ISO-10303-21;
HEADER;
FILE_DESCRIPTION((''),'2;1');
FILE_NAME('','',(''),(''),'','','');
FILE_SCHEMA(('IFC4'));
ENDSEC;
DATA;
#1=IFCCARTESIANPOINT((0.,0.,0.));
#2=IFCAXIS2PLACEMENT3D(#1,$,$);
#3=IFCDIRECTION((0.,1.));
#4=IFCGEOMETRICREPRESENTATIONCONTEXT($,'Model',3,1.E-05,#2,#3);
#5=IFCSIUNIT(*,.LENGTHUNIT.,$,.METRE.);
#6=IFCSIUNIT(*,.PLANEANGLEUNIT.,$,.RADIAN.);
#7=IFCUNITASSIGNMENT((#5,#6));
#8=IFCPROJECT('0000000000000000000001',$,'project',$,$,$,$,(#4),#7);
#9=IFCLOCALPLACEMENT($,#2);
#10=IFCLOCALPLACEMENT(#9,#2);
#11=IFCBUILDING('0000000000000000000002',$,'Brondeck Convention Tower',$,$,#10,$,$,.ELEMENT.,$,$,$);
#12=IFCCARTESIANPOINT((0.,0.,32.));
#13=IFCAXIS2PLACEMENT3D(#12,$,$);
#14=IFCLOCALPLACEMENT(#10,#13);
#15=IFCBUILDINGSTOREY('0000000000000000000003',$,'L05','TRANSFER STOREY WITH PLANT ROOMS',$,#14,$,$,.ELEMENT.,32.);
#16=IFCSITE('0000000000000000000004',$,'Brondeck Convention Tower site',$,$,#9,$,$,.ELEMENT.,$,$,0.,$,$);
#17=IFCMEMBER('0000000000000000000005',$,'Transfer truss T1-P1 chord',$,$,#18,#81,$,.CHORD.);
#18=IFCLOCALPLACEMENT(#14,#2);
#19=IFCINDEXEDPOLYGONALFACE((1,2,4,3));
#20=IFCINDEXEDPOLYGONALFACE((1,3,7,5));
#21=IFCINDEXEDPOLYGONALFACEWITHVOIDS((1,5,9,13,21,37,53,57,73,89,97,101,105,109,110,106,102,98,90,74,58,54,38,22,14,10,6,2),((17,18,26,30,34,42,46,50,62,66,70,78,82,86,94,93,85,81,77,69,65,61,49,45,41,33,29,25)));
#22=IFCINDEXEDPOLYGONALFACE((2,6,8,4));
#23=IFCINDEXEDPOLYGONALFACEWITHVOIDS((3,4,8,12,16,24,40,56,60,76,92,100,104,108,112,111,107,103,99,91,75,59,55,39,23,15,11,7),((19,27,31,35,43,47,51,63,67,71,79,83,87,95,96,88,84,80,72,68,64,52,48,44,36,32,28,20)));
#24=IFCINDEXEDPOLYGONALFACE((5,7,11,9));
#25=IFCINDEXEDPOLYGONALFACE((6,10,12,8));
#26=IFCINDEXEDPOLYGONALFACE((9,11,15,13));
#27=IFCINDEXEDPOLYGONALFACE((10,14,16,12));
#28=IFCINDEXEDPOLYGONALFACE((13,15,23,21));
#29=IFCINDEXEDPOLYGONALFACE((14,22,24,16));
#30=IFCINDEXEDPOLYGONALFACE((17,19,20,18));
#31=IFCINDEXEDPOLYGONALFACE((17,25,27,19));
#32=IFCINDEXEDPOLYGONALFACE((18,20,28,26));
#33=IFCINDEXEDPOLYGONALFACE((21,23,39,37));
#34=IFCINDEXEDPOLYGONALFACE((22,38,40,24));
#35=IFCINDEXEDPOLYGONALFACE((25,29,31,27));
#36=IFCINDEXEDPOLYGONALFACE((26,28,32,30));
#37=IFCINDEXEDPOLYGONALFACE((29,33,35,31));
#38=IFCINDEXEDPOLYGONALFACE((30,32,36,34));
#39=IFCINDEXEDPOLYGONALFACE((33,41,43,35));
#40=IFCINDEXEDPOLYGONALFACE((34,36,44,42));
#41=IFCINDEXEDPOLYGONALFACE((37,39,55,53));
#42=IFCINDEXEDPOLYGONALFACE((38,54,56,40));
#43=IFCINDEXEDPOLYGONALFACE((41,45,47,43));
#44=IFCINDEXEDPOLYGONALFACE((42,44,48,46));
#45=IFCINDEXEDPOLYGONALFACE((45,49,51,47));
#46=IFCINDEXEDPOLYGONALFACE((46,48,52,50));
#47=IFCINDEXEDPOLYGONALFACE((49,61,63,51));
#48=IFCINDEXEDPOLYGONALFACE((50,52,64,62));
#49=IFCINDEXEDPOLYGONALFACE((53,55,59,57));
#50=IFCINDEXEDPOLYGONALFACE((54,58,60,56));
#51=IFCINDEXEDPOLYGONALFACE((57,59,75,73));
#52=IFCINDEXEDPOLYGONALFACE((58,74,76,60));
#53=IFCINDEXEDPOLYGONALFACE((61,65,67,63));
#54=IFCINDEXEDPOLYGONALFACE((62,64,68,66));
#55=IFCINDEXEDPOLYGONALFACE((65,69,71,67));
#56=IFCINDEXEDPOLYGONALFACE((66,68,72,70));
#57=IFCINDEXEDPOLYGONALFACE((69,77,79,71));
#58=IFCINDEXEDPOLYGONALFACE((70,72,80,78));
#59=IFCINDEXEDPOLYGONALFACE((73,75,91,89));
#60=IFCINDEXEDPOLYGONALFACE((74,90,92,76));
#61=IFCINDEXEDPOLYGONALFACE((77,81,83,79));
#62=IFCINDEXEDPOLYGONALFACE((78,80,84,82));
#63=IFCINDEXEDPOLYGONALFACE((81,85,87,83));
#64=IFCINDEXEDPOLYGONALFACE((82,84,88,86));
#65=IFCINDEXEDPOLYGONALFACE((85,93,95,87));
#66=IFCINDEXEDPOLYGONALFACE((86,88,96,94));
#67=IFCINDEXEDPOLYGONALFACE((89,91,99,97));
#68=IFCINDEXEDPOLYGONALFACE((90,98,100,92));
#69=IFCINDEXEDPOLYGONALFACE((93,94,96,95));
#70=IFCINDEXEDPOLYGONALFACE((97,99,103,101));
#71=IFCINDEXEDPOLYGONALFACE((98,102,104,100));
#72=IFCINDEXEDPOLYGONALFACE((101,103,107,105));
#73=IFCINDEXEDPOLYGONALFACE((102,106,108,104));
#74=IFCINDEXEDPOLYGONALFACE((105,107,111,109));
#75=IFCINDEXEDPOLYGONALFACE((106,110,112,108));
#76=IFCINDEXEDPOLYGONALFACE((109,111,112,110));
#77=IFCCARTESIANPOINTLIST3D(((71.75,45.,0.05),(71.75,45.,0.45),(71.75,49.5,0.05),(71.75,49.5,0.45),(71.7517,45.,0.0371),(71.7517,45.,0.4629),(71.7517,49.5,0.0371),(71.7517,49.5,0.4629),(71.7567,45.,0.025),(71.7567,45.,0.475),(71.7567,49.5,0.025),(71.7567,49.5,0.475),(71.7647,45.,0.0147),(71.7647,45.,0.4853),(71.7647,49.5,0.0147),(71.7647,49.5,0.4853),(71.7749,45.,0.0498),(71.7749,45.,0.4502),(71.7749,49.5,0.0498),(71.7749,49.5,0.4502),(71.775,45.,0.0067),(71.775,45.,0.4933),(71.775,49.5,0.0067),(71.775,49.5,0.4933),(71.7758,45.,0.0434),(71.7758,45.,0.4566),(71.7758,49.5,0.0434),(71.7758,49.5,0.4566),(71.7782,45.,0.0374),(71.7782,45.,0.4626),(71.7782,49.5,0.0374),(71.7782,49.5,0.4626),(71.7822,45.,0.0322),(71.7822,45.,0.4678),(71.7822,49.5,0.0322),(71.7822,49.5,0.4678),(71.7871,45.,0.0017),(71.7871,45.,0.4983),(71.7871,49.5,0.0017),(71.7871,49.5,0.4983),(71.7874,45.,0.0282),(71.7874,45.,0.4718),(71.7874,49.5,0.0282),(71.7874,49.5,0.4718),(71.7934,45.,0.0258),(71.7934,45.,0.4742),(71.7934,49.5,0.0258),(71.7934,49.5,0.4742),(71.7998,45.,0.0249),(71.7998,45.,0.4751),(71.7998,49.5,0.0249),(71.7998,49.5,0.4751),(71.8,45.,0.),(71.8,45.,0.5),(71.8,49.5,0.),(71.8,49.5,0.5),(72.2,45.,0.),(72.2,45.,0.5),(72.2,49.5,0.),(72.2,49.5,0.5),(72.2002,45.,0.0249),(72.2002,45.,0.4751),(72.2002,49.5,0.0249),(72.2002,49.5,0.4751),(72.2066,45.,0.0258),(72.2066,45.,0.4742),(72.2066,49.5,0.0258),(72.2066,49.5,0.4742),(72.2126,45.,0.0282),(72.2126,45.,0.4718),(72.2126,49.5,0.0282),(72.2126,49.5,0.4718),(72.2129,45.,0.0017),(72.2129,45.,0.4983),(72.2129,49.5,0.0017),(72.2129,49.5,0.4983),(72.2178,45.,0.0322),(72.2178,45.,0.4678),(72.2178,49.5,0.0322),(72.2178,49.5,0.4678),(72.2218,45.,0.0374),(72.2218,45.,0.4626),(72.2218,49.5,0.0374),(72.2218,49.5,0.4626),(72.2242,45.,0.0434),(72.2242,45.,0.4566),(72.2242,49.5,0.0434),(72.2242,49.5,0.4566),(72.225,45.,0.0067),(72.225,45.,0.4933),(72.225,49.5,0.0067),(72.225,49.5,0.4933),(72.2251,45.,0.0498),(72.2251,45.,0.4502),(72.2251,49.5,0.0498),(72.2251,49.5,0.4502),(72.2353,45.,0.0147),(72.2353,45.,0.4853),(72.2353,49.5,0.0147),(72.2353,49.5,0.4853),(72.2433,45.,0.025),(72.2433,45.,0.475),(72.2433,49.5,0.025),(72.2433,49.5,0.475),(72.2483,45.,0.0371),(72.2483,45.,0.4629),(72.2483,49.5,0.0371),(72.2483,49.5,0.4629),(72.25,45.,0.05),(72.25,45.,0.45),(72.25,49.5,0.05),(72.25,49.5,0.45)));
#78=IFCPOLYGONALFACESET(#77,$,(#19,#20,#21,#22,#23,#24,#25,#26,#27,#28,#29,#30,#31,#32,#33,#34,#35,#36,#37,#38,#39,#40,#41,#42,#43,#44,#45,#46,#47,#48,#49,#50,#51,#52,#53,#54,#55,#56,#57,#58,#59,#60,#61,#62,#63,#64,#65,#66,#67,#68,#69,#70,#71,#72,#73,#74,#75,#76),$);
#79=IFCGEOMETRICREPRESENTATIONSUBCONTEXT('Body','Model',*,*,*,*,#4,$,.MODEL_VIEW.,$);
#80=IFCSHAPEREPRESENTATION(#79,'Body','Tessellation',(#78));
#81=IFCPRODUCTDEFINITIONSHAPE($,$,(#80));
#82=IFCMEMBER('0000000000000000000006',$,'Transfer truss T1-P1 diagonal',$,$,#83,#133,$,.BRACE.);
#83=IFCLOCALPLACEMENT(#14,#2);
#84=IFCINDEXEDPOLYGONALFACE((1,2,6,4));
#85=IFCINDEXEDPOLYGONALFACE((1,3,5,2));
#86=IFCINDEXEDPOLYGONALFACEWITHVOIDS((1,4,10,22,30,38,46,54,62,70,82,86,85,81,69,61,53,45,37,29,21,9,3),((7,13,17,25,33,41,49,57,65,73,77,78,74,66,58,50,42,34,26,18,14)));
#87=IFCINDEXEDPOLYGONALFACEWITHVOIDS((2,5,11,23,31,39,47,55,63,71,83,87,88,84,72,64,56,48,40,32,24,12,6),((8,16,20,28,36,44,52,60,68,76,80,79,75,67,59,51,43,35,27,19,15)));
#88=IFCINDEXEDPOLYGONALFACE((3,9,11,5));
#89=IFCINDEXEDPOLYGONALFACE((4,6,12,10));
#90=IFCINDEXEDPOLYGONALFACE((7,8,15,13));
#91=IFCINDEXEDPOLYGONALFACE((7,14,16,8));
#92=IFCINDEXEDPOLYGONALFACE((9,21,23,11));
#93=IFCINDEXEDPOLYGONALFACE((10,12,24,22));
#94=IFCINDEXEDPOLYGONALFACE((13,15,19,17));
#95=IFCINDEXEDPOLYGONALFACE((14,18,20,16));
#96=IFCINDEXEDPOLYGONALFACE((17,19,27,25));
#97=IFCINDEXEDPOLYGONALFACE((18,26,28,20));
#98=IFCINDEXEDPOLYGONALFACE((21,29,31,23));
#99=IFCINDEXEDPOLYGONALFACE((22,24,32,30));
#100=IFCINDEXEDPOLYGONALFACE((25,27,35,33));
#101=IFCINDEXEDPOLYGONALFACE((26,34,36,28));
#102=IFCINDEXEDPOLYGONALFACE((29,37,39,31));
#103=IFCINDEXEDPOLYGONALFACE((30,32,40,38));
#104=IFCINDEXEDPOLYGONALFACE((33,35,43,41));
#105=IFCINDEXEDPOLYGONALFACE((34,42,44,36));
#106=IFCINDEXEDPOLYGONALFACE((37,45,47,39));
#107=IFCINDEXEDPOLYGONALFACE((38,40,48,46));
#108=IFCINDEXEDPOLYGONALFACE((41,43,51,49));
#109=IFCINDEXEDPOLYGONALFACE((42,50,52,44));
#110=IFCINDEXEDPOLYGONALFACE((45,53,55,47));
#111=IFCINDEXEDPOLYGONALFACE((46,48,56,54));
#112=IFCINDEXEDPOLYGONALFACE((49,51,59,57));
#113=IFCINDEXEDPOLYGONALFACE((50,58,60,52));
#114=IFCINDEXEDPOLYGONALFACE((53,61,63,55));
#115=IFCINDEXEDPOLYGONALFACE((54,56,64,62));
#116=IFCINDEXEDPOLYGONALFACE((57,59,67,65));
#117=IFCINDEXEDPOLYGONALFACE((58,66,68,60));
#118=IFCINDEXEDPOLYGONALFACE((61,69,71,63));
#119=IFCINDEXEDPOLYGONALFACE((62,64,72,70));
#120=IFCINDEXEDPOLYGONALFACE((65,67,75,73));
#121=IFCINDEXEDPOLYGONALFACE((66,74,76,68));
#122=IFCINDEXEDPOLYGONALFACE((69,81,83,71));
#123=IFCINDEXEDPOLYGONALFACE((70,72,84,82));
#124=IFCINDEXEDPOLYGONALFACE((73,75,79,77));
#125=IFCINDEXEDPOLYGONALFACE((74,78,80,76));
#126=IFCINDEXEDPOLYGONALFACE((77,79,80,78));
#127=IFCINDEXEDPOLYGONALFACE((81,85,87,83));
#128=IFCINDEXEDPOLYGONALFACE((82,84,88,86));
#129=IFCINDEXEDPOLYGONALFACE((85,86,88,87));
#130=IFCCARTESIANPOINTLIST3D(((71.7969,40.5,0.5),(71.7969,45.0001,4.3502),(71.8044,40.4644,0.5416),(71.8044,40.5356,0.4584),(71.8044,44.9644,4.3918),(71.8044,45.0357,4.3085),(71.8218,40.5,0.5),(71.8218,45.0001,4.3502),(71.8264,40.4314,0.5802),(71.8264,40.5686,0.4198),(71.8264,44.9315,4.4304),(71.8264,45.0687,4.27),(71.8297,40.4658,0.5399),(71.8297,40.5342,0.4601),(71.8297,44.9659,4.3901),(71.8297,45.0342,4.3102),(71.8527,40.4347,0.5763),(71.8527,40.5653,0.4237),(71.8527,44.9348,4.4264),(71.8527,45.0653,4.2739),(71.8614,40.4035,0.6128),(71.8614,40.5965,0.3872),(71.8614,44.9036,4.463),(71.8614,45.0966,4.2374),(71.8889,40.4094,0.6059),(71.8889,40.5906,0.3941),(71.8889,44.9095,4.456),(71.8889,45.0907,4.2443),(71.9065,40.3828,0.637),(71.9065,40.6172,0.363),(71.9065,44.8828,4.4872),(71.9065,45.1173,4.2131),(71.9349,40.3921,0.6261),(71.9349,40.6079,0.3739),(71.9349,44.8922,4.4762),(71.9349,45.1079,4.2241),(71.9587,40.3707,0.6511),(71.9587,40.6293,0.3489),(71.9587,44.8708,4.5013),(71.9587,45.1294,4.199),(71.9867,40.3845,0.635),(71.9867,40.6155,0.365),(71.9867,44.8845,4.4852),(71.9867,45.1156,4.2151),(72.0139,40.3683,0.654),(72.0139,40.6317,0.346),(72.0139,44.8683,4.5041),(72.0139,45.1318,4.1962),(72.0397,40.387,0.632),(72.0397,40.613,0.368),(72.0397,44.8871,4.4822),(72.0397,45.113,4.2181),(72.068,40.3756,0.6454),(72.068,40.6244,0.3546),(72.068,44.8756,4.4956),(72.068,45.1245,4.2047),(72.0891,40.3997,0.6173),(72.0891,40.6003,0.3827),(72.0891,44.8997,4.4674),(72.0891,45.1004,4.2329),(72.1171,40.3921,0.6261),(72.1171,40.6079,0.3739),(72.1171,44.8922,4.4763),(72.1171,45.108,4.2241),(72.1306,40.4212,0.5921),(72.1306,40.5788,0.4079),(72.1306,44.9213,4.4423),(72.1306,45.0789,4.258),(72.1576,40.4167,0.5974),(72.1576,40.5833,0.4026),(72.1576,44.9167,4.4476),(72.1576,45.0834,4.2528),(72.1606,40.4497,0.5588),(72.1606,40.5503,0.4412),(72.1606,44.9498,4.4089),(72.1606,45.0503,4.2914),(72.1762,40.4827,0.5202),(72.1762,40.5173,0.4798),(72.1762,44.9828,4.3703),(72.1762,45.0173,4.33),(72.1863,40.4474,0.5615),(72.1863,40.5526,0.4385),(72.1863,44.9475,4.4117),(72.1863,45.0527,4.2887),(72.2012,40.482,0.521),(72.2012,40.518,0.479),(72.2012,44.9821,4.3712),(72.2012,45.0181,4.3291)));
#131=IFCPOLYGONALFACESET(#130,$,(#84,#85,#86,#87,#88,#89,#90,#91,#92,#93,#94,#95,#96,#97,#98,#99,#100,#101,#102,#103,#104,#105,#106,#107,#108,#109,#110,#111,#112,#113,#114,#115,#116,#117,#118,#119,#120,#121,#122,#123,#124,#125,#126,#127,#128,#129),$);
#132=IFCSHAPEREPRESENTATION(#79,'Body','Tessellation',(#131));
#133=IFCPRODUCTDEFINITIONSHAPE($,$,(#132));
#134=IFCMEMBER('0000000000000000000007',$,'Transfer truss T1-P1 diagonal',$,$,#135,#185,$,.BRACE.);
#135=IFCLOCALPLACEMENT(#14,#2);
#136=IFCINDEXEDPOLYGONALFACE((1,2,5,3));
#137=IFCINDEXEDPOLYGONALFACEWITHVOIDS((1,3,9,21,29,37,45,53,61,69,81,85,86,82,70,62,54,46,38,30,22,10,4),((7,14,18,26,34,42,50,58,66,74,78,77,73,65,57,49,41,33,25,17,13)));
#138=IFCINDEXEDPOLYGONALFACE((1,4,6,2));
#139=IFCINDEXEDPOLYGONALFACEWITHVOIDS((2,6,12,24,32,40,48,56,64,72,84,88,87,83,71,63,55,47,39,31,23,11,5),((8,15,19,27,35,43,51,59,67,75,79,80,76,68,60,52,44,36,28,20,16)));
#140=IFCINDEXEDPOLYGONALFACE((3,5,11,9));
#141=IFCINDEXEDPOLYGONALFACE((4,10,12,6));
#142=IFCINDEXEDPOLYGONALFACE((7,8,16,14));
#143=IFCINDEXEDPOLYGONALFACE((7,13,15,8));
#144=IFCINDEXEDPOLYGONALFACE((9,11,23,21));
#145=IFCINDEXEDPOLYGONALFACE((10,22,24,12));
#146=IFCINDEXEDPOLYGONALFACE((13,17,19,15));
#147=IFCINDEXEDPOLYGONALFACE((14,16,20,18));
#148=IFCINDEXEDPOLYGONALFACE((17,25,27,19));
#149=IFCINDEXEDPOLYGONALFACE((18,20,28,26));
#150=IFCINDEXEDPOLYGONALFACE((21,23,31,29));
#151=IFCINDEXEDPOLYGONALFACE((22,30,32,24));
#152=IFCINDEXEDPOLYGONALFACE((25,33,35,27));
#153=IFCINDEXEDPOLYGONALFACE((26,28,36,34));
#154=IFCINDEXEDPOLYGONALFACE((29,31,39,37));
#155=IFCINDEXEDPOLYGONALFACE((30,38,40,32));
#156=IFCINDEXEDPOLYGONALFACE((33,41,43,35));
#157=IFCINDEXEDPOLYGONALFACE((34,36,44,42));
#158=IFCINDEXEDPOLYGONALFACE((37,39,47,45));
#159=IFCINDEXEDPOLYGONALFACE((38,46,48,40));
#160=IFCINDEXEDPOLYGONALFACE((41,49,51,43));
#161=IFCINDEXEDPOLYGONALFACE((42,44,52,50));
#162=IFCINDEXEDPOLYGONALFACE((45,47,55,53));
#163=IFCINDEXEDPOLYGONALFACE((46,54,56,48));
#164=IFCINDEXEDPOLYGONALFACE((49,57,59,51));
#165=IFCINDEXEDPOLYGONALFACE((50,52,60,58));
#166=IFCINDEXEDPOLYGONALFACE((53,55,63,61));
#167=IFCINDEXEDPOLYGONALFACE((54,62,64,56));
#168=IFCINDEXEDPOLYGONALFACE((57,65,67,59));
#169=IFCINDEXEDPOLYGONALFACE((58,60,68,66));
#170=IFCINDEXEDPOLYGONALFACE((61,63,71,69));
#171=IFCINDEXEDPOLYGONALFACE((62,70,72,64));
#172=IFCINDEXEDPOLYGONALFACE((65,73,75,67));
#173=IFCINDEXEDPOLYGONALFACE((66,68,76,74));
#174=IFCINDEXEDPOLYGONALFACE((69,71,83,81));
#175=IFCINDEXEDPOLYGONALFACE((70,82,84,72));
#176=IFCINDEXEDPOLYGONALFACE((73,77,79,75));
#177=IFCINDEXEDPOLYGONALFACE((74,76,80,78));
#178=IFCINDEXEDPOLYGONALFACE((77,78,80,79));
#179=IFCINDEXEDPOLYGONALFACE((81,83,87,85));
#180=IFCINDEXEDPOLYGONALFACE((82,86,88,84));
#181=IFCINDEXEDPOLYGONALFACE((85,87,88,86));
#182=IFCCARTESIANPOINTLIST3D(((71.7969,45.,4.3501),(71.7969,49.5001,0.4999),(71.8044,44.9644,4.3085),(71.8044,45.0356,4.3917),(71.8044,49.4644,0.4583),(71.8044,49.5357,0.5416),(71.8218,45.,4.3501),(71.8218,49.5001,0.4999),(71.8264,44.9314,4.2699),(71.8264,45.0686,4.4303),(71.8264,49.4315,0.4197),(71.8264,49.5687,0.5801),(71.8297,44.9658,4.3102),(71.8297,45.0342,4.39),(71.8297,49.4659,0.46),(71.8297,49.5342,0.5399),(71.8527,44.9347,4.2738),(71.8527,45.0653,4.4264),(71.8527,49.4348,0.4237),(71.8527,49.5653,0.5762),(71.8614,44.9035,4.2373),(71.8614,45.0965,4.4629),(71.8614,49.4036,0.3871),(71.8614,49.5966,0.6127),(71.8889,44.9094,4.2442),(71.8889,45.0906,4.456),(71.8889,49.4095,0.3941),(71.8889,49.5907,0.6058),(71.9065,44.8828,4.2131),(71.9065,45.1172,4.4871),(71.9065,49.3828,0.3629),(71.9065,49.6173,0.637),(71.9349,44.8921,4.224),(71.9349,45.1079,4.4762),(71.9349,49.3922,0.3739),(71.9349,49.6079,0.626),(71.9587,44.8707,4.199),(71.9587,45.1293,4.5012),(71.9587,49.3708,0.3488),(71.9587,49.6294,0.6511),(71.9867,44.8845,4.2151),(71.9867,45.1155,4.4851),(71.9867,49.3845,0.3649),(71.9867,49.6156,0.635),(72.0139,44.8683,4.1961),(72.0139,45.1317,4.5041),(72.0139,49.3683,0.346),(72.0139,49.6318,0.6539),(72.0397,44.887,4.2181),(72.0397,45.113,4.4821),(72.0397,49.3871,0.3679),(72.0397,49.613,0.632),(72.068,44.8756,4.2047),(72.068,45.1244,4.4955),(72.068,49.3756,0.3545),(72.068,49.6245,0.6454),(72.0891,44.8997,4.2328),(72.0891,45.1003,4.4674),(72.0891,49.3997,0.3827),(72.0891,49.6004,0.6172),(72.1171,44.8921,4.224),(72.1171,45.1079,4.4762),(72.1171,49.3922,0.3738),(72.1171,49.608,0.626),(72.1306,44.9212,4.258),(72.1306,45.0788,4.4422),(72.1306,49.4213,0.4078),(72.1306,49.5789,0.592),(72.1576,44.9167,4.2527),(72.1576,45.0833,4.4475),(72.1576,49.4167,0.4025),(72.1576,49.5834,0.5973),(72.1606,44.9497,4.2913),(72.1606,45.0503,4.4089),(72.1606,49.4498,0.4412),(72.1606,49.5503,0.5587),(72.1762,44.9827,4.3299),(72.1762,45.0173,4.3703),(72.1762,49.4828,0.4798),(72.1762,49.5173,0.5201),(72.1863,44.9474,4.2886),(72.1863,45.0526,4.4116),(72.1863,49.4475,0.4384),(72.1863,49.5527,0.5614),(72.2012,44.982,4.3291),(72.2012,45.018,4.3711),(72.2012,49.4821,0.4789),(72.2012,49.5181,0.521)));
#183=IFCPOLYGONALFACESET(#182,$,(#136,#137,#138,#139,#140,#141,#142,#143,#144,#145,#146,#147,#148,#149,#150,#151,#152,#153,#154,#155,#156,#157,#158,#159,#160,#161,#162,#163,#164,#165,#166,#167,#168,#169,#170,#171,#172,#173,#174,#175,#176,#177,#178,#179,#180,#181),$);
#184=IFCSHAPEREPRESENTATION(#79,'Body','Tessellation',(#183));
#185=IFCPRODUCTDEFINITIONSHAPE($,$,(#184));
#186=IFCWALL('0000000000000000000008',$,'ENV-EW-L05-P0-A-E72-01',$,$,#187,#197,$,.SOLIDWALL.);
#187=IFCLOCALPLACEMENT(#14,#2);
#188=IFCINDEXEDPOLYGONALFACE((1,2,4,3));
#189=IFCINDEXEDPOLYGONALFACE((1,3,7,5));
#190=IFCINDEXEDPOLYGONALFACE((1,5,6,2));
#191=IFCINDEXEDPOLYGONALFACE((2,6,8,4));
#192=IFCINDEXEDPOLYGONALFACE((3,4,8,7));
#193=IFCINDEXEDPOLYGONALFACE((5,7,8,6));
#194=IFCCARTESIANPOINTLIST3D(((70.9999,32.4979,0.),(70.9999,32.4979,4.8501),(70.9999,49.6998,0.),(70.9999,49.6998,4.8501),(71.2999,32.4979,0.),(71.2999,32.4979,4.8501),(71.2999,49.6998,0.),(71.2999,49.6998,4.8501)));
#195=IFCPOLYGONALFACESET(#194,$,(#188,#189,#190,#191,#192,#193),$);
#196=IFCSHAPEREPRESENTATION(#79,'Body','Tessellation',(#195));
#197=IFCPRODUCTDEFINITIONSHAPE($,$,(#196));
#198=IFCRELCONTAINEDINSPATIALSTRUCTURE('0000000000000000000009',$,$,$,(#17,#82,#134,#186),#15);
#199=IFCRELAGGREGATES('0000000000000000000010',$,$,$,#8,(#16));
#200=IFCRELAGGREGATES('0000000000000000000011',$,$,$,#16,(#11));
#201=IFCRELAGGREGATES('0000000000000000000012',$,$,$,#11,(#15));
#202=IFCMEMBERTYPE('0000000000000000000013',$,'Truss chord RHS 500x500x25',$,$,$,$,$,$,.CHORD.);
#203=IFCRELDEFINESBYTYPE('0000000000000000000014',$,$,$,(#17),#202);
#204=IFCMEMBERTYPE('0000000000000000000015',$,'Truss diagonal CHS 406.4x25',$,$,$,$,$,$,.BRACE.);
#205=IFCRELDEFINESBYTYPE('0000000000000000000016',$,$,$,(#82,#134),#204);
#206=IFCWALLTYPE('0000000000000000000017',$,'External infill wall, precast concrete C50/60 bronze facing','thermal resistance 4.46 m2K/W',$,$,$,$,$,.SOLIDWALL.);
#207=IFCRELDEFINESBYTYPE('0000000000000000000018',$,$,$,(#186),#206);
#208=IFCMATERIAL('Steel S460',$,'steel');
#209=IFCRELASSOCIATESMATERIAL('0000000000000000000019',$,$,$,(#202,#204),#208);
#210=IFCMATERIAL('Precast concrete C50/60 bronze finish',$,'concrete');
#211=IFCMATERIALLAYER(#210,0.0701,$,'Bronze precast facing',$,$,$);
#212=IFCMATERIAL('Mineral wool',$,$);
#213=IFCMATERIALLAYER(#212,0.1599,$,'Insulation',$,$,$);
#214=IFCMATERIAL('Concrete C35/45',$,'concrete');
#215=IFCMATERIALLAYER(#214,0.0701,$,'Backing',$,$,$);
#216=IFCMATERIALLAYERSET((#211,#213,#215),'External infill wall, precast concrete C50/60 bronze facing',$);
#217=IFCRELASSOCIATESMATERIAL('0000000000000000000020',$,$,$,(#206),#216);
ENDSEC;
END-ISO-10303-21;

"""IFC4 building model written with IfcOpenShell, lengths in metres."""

from ifc_helpers import new_model, si_unit, direction, frame, frame_2d, origin, origin_2d, place, context, subcontext, project, spatial, rectangle, hollow_rectangle, hollow_circle, extrude, material, layer, layer_set, material_profile, profile_set, type_object, element, save


model = new_model("IFC4")

# Units and contexts
model_context = context("Model", 3, precision=1e-05, world=origin(), true_north=direction((0.0, 1.0)))
body_context = subcontext(model_context, "Body", "Model", "MODEL_VIEW")
ifc_project = project(units=[si_unit("LENGTHUNIT", "METRE"), si_unit("PLANEANGLEUNIT", "RADIAN")], contexts=[model_context])

# Site, building, storey
site_placement = place(None, origin())
site = spatial("IfcSite", under=ifc_project, at=site_placement, Name="Brondeck Convention Tower site", CompositionType="ELEMENT", RefElevation=0.0)
building_placement = place(site_placement, origin())
building = spatial("IfcBuilding", under=site, at=building_placement, Name="Brondeck Convention Tower", CompositionType="ELEMENT")
storey_placement = place(building_placement, frame((0.0, 0.0, 32.0)))
storey = spatial("IfcBuildingStorey", under=building, at=storey_placement, Name="L05", Description="TRANSFER STOREY WITH PLANT ROOMS", CompositionType="ELEMENT", Elevation=32.0)

# Shared definitions
ifc_material_1 = material(Name="Steel S460", Category="steel")

# Members
ifc_material_profile_1 = material_profile(ifc_material_1, hollow_rectangle(XDim=0.5, YDim=0.5, WallThickness=0.0249, InnerFilletRadius=0.0249, OuterFilletRadius=0.05, at=origin_2d()), Name="RHS 500x500x25")
ifc_profile_set_1 = profile_set([ifc_material_profile_1], Name="Steel S460")
member_type_1 = type_object("IfcMemberType", Name="Truss chord RHS 500x500x25", PredefinedType="CHORD", material=ifc_profile_set_1)
for number, where, z_axis, x_axis, name in (
    (1, (72.0, 45.0, 0.25), (0.0, 1.0, 0.0), (-1.0, 0.0, 0.0), "Transfer truss T1-P1 chord"),
):
    element("IfcMember", number, at=place(storey_placement, frame(where, z_axis=z_axis, x_axis=x_axis)), inside=storey, type_object=member_type_1, Name=name, PredefinedType="CHORD", context=body_context, shape_type="SweptSolid", body=[
        extrude(hollow_rectangle(XDim=0.5, YDim=0.5, WallThickness=0.0249, InnerFilletRadius=0.0249, OuterFilletRadius=0.05, at=origin_2d()), origin(), (0.0, 0.0, 1.0), 4.5),
    ])
ifc_material_profile_2 = material_profile(ifc_material_1, hollow_circle(Radius=0.2031, WallThickness=0.0249, at=origin_2d()), Name="CHS 406.4x25")
ifc_profile_set_2 = profile_set([ifc_material_profile_2], Name="Steel S460")
member_type_2 = type_object("IfcMemberType", Name="Truss diagonal CHS 406.4x25", PredefinedType="BRACE", material=ifc_profile_set_2)
for number, where, z_axis, x_axis, name in (
    (2, (72.0, 40.5, 0.5), (0.0, 0.759844, 0.650105), (-1.0, 0.0, 0.0), "Transfer truss T1-P1 diagonal"),
    (3, (72.0, 45.0, 4.3501), (0.0, 0.759844, -0.650105), (-1.0, 0.0, 0.0), "Transfer truss T1-P1 diagonal"),
):
    element("IfcMember", number, at=place(storey_placement, frame(where, z_axis=z_axis, x_axis=x_axis)), inside=storey, type_object=member_type_2, Name=name, PredefinedType="BRACE", context=body_context, shape_type="SweptSolid", body=[
        extrude(hollow_circle(Radius=0.2031, WallThickness=0.0249, at=origin_2d()), origin(), (0.0, 0.0, 1.0), 5.9224),
    ])

# Wall
ifc_material_2 = material(Name="Precast concrete C50/60 bronze finish", Category="concrete")
ifc_layer_1 = layer(ifc_material_2, 0.0701, Name="Bronze precast facing")
ifc_material_3 = material(Name="Mineral wool")
ifc_layer_2 = layer(ifc_material_3, 0.1599, Name="Insulation")
ifc_material_4 = material(Name="Concrete C35/45", Category="concrete")
ifc_layer_3 = layer(ifc_material_4, 0.0701, Name="Backing")
ifc_layer_set_1 = layer_set([ifc_layer_1, ifc_layer_2, ifc_layer_3], Name="External infill wall, precast concrete C50/60 bronze facing")
wall_type_1 = type_object("IfcWallType", Name="External infill wall, precast concrete C50/60 bronze facing", Description="thermal resistance 4.46 m2K/W", PredefinedType="SOLIDWALL", material=ifc_layer_set_1)
wall_1_placement = place(storey_placement, frame((71.1499, 49.7, 0.0), z_axis=(0.0, 0.0, 1.0), x_axis=(0.0, -1.0, 0.0)))
element("IfcWall", 4, at=wall_1_placement, inside=storey, type_object=wall_type_1, Name="ENV-EW-L05-P0-A-E72-01", PredefinedType="SOLIDWALL", context=body_context, shape_type="SweptSolid", body=[
    extrude(rectangle(XDim=17.2019, YDim=0.3, at=frame_2d((8.6011, 0.0))), origin(), (0.0, 0.0, 1.0), 4.8501),
])

save(model, "model.ifc")
